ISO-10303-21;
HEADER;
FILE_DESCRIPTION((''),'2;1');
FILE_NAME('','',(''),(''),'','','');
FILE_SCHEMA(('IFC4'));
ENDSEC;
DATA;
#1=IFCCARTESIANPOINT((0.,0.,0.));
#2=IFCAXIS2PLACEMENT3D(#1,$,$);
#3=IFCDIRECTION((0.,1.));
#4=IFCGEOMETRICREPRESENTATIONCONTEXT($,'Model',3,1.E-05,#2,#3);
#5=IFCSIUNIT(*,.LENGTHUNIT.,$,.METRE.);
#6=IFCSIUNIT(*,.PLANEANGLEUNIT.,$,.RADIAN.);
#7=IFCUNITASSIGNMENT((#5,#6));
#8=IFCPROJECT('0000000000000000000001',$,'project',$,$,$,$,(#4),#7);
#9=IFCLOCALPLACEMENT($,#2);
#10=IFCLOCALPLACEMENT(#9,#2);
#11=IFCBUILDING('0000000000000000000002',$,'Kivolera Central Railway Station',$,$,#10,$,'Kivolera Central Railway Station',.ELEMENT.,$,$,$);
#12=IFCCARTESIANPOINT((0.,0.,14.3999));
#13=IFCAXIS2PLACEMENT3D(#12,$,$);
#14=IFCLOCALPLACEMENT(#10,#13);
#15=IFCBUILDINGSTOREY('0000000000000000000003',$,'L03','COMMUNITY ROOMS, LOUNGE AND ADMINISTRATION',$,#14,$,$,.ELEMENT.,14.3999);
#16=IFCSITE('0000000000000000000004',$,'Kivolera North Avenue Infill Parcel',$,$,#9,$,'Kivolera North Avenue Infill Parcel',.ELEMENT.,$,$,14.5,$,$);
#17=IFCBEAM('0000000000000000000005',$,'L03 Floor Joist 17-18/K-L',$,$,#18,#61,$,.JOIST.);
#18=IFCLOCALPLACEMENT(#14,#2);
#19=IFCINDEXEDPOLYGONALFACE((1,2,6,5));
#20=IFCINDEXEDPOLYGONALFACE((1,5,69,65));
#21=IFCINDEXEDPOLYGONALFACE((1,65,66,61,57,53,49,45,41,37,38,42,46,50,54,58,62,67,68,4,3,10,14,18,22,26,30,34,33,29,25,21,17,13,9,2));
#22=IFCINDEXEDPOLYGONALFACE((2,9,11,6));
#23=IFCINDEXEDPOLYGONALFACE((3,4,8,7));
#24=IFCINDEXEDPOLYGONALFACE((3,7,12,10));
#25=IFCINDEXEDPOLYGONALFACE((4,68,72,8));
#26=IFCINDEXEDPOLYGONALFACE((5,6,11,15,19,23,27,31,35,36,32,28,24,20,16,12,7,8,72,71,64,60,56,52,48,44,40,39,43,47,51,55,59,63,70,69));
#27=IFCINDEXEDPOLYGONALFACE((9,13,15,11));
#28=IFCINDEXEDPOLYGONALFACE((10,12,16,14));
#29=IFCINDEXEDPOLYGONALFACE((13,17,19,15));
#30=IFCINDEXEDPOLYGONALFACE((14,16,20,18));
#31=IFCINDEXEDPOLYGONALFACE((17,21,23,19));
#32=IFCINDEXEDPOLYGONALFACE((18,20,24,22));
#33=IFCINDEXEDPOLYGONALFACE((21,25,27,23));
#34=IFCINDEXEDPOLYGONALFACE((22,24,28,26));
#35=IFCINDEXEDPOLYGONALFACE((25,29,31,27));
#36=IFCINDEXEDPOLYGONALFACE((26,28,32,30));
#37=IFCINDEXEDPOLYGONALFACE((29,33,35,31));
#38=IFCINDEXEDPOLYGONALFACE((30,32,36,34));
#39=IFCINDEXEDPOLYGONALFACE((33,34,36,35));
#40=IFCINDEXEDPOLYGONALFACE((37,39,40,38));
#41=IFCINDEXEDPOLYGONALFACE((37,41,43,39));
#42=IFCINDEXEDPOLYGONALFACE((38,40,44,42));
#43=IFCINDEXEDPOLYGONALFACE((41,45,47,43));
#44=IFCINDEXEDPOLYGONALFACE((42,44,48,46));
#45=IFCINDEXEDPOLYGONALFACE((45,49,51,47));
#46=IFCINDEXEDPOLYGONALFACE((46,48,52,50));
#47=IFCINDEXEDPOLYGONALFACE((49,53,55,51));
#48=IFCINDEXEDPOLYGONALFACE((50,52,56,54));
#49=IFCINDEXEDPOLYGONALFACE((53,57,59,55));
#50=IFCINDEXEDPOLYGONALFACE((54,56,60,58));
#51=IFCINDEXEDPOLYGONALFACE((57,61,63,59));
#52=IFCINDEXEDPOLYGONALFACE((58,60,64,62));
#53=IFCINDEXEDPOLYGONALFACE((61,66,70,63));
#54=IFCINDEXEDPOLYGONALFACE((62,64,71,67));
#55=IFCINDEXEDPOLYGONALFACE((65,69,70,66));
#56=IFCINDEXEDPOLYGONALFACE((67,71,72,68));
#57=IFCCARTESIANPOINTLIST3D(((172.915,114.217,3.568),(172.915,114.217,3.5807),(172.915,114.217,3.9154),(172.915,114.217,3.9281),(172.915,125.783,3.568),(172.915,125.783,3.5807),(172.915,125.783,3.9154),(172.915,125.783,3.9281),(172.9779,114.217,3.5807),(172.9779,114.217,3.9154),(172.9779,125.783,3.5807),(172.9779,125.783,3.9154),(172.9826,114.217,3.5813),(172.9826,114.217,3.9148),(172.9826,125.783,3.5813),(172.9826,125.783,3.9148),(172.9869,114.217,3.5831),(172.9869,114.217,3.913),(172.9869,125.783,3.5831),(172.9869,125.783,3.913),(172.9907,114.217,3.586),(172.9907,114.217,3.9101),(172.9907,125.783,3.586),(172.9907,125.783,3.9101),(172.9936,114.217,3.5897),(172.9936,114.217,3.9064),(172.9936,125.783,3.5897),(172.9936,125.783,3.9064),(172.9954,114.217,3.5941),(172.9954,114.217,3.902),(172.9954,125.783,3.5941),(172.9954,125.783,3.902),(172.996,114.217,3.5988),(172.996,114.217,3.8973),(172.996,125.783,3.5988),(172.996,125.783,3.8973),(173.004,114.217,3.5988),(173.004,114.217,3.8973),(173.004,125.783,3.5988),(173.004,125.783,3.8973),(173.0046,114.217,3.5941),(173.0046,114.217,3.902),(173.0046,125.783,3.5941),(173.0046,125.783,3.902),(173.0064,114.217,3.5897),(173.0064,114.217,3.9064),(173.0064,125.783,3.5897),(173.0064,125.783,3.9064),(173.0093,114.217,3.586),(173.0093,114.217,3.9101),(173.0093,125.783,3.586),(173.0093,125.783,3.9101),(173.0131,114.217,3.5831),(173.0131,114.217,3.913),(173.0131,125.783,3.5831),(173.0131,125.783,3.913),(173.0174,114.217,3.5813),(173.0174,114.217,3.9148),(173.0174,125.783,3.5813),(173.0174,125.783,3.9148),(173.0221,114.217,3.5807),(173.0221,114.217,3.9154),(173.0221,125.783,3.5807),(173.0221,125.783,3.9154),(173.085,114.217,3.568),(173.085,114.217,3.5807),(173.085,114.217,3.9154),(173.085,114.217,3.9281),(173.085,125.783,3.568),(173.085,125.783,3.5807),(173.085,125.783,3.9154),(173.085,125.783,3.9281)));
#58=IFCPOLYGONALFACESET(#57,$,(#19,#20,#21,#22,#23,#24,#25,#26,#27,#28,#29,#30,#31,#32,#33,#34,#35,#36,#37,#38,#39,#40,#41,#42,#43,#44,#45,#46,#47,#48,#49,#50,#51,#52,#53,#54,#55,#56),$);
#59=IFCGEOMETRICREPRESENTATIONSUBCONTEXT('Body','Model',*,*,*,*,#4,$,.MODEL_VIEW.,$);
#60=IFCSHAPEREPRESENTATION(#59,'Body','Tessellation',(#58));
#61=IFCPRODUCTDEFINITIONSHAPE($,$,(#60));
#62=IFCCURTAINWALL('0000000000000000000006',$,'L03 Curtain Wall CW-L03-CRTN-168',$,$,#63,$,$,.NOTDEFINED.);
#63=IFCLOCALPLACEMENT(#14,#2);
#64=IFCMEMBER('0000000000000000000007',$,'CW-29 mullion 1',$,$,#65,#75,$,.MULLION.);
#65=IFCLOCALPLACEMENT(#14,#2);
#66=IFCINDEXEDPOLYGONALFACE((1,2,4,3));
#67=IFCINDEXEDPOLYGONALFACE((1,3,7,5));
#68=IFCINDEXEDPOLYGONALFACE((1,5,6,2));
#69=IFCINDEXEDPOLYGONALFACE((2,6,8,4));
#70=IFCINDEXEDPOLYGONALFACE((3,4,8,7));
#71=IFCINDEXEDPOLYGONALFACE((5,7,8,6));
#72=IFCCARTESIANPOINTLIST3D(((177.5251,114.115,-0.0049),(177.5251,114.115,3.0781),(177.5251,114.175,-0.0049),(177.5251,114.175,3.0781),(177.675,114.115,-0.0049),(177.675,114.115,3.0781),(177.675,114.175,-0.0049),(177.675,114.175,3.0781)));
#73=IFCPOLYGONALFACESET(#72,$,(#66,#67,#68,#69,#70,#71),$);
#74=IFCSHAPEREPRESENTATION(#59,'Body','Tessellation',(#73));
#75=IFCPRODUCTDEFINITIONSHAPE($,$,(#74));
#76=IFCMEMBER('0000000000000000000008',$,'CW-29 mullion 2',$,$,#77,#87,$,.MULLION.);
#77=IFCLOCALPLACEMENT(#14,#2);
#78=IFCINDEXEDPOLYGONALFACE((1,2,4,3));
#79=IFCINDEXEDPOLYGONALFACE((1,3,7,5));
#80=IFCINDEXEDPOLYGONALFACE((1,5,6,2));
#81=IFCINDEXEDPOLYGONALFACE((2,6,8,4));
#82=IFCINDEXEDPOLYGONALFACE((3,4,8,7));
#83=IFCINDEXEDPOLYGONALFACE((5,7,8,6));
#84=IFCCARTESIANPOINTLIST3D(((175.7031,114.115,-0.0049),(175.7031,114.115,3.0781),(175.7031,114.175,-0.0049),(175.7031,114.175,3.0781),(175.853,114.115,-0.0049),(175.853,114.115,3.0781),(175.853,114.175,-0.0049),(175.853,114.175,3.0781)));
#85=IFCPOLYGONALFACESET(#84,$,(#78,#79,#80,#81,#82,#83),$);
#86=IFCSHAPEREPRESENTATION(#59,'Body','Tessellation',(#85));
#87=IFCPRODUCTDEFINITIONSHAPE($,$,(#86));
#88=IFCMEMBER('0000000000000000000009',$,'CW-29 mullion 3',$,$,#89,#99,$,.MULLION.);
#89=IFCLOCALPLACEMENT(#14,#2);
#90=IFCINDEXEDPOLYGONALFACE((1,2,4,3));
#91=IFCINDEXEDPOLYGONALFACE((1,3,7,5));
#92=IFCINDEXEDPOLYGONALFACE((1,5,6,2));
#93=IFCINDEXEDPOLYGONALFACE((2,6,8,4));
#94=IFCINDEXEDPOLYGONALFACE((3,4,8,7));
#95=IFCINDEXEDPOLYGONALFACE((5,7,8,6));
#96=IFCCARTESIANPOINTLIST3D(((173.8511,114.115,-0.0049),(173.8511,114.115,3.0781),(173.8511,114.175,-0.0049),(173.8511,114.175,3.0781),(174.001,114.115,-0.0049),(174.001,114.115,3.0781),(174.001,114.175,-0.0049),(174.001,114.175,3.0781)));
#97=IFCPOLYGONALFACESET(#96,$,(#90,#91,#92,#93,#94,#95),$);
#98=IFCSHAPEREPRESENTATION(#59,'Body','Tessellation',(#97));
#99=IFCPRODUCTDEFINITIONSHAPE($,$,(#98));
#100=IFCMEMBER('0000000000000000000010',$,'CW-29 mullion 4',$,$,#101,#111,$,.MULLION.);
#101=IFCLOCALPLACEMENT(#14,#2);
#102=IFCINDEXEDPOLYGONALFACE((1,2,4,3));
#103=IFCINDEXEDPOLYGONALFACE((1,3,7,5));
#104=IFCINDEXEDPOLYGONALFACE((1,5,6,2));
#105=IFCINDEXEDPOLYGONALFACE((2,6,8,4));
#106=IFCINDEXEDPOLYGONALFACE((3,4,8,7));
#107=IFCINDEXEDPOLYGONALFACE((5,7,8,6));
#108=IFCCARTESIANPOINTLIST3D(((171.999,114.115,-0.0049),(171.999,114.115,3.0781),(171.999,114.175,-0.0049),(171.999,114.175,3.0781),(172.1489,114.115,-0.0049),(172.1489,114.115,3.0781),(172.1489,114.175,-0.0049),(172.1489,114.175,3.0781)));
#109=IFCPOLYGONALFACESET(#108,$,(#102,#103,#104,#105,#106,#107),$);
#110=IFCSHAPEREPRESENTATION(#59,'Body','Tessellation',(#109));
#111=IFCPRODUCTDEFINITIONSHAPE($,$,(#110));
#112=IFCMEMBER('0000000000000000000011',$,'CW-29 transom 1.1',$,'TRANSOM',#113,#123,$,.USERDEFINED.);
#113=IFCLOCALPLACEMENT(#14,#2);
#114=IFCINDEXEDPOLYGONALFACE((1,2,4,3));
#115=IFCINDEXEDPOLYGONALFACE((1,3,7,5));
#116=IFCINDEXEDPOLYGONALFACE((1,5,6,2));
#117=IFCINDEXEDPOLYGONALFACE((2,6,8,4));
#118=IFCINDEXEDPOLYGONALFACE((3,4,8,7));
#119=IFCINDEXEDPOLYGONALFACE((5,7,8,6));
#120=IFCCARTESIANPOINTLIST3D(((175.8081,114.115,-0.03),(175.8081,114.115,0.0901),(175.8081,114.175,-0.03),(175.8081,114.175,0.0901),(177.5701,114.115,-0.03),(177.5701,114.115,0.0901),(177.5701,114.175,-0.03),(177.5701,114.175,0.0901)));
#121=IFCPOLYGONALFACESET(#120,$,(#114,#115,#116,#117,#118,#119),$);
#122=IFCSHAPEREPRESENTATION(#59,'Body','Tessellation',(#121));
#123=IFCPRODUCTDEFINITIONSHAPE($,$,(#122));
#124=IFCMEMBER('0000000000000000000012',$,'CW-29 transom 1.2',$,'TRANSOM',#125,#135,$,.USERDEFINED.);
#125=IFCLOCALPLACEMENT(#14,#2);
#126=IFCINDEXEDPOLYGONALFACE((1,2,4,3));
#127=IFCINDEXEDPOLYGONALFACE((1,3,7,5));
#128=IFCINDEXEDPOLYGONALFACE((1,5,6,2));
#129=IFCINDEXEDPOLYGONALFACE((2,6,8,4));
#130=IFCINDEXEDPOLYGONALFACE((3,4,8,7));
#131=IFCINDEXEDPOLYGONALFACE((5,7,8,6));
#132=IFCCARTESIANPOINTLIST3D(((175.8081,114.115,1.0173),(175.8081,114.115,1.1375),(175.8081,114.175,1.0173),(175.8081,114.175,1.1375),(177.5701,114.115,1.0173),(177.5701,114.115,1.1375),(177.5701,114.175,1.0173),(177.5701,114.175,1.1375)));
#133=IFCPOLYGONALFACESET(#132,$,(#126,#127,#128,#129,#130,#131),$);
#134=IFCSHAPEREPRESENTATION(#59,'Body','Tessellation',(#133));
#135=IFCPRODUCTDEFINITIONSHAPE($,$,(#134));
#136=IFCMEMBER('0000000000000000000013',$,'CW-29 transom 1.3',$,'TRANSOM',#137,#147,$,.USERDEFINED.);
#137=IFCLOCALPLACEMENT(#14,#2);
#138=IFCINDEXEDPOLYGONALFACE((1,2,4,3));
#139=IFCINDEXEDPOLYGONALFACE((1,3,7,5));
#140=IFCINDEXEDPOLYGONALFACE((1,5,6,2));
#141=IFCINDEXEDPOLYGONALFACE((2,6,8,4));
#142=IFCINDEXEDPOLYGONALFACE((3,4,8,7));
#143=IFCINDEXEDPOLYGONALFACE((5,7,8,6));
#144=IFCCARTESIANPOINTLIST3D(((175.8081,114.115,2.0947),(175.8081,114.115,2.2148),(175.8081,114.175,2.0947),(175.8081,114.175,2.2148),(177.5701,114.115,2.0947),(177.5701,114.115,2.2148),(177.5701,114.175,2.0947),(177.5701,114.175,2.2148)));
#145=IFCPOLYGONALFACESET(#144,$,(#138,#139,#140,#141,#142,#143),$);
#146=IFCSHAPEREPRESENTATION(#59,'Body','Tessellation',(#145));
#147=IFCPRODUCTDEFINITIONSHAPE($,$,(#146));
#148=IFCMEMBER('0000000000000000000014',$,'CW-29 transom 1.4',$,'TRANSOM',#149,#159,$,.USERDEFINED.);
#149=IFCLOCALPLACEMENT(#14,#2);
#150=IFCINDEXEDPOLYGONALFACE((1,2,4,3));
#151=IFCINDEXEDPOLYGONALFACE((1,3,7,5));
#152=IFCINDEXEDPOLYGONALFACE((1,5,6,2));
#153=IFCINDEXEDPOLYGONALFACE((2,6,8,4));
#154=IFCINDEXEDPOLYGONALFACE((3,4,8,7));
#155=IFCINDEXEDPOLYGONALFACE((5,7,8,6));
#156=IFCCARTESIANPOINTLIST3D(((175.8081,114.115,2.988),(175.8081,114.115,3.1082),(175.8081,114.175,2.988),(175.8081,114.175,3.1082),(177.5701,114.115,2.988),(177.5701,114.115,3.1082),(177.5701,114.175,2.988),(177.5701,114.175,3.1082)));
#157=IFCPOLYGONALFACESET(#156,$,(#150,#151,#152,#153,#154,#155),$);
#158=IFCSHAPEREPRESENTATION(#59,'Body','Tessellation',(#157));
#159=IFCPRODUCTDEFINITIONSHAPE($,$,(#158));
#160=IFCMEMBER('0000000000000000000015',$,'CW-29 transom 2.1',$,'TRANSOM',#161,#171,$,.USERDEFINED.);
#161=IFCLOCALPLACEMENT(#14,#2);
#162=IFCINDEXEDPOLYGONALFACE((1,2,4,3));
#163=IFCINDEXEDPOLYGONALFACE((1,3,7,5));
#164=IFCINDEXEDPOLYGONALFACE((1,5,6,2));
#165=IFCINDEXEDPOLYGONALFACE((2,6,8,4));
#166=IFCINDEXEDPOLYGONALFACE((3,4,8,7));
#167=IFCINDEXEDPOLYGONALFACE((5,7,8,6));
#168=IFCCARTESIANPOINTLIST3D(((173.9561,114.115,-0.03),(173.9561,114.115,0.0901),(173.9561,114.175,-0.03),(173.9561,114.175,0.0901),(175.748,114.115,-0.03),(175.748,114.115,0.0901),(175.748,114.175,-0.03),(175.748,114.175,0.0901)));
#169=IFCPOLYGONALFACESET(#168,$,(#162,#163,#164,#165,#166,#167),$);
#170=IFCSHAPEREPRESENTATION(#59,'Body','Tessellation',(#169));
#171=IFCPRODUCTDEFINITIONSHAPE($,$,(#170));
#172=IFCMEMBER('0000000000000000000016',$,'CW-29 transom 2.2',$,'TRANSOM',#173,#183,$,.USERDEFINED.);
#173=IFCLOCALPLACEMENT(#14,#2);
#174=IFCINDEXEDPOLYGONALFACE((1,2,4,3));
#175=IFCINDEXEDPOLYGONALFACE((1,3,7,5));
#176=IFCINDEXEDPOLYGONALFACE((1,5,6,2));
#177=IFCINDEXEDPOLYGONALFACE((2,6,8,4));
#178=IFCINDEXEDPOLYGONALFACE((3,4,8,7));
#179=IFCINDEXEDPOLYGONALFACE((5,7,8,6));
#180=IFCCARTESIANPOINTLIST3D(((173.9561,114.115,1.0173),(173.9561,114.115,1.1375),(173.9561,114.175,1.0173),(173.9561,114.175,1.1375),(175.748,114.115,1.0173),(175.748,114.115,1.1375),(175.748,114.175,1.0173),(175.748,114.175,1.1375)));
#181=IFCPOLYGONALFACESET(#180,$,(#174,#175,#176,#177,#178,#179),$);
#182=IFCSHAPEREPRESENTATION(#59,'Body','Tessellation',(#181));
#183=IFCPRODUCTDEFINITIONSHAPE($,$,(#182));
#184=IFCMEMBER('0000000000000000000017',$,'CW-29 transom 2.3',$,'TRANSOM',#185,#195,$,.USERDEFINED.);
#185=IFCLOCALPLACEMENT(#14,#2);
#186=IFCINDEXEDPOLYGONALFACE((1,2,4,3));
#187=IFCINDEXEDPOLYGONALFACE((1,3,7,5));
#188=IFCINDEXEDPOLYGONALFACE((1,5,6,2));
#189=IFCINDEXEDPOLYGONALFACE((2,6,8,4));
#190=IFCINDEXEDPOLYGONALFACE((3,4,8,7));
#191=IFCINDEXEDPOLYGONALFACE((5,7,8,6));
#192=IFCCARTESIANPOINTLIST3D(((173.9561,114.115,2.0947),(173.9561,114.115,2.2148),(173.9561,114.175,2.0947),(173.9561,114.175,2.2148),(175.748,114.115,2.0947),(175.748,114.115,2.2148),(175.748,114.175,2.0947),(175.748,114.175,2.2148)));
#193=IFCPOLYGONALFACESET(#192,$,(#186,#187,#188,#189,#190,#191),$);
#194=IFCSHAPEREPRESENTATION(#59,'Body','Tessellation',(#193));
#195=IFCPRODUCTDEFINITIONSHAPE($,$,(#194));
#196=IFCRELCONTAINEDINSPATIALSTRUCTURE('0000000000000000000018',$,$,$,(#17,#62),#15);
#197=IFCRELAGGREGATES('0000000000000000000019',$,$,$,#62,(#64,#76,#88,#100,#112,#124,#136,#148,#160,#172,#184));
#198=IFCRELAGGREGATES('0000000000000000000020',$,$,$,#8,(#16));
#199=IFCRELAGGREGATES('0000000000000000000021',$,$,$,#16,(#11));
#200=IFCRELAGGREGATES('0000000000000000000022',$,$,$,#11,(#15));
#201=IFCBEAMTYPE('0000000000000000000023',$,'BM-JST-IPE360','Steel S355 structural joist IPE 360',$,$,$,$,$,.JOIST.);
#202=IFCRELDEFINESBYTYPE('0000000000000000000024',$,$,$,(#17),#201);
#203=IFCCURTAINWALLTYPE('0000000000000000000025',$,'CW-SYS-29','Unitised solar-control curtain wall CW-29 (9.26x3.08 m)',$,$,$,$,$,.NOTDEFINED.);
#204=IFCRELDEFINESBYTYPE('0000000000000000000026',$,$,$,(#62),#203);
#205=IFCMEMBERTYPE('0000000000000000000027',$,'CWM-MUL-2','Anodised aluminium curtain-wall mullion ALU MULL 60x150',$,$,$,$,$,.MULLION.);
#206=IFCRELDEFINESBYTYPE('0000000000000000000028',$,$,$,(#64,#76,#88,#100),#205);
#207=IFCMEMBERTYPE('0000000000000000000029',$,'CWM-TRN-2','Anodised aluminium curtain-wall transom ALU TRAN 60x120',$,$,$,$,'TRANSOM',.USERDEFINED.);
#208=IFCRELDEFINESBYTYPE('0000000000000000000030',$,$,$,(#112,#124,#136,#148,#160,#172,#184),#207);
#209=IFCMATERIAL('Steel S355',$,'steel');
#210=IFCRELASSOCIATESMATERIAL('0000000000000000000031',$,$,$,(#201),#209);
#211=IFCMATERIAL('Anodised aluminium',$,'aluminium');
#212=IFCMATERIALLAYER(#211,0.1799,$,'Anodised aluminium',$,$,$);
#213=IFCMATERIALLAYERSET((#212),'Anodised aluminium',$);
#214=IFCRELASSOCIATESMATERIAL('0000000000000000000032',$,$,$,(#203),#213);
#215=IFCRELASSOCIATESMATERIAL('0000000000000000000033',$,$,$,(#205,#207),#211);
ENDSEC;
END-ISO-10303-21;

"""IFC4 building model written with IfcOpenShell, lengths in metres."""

from ifc_helpers import new_model, si_unit, direction, frame, origin, origin_2d, place, context, subcontext, project, spatial, rectangle, i_section, extrude, material, layer, layer_set, material_profile, profile_set, type_object, element, aggregate, save


model = new_model("IFC4")

# Units and contexts
model_context = context("Model", 3, precision=1e-05, world=origin(), true_north=direction((0.0, 1.0)))
body_context = subcontext(model_context, "Body", "Model", "MODEL_VIEW")
ifc_project = project(units=[si_unit("LENGTHUNIT", "METRE"), si_unit("PLANEANGLEUNIT", "RADIAN")], contexts=[model_context])

# Site, building, storey
site_placement = place(None, origin())
site = spatial("IfcSite", under=ifc_project, at=site_placement, Name="Kivolera North Avenue Infill Parcel", LongName="Kivolera North Avenue Infill Parcel", CompositionType="ELEMENT", RefElevation=14.5)
building_placement = place(site_placement, origin())
building = spatial("IfcBuilding", under=site, at=building_placement, Name="Kivolera Central Railway Station", LongName="Kivolera Central Railway Station", CompositionType="ELEMENT")
storey_placement = place(building_placement, frame((0.0, 0.0, 14.3999)))
storey = spatial("IfcBuildingStorey", under=building, at=storey_placement, Name="L03", Description="COMMUNITY ROOMS, LOUNGE AND ADMINISTRATION", CompositionType="ELEMENT", Elevation=14.3999)

# Beam
ifc_material_1 = material(Name="Steel S355", Category="steel")
ifc_material_profile_1 = material_profile(ifc_material_1, i_section(OverallWidth=0.1699, OverallDepth=0.3601, WebThickness=0.0081, FlangeThickness=0.0127, FilletRadius=0.0181, at=origin_2d()), Name="IPE 360")
ifc_profile_set_1 = profile_set([ifc_material_profile_1], Name="Steel S355")
beam_type = type_object("IfcBeamType", Name="BM-JST-IPE360", Description="Steel S355 structural joist IPE 360", PredefinedType="JOIST", material=ifc_profile_set_1)
beam_placement = place(storey_placement, frame((173.0, 114.217, 3.748), z_axis=(0.0, 1.0, 0.0), x_axis=(-1.0, 0.0, 0.0)))
element("IfcBeam", 1, at=beam_placement, inside=storey, type_object=beam_type, Name="L03 Floor Joist 17-18/K-L", PredefinedType="JOIST", context=body_context, shape_type="SweptSolid", body=[
    extrude(i_section(OverallWidth=0.1699, OverallDepth=0.3601, WebThickness=0.0081, FlangeThickness=0.0127, FilletRadius=0.0181, at=origin_2d()), origin(), (0.0, 0.0, 1.0), 11.5659),
])

# Curtain wall, members
ifc_material_2 = material(Name="Anodised aluminium", Category="aluminium")
ifc_layer_1 = layer(ifc_material_2, 0.1799, Name="Anodised aluminium")
ifc_layer_set_1 = layer_set([ifc_layer_1], Name="Anodised aluminium")
curtain_wall_type = type_object("IfcCurtainWallType", Name="CW-SYS-29", Description="Unitised solar-control curtain wall CW-29 (9.26x3.08 m)", PredefinedType="NOTDEFINED", material=ifc_layer_set_1)
curtain_wall_placement = place(storey_placement, origin())
curtain_wall = element("IfcCurtainWall", 2, at=curtain_wall_placement, inside=storey, type_object=curtain_wall_type, Name="L03 Curtain Wall CW-L03-CRTN-168", PredefinedType="NOTDEFINED")
ifc_material_profile_2 = material_profile(ifc_material_2, rectangle(XDim=0.0601, YDim=0.1499, at=origin_2d()), Name="ALU MULL 60x150")
ifc_profile_set_2 = profile_set([ifc_material_profile_2], Name="Anodised aluminium")
member_type_1 = type_object("IfcMemberType", Name="CWM-MUL-2", Description="Anodised aluminium curtain-wall mullion ALU MULL 60x150", PredefinedType="MULLION", material=ifc_profile_set_2)
member_1_placement = place(storey_placement, frame((177.6001, 114.145, -0.0049), z_axis=(0.0, 0.0, 1.0), x_axis=(0.0, -1.0, 0.0)))
member_1 = element("IfcMember", 3, at=member_1_placement, type_object=member_type_1, Name="CW-29 mullion 1", PredefinedType="MULLION", context=body_context, shape_type="SweptSolid", body=[
    extrude(rectangle(XDim=0.0601, YDim=0.1499, at=origin_2d()), origin(), (0.0, 0.0, 1.0), 3.083),
])
member_2_placement = place(storey_placement, frame((175.7781, 114.145, -0.0049), z_axis=(0.0, 0.0, 1.0), x_axis=(0.0, -1.0, 0.0)))
member_2 = element("IfcMember", 4, at=member_2_placement, type_object=member_type_1, Name="CW-29 mullion 2", PredefinedType="MULLION", context=body_context, shape_type="SweptSolid", body=[
    extrude(rectangle(XDim=0.0601, YDim=0.1499, at=origin_2d()), origin(), (0.0, 0.0, 1.0), 3.083),
])
member_3_placement = place(storey_placement, frame((173.926, 114.145, -0.0049), z_axis=(0.0, 0.0, 1.0), x_axis=(0.0, -1.0, 0.0)))
member_3 = element("IfcMember", 5, at=member_3_placement, type_object=member_type_1, Name="CW-29 mullion 3", PredefinedType="MULLION", context=body_context, shape_type="SweptSolid", body=[
    extrude(rectangle(XDim=0.0601, YDim=0.1499, at=origin_2d()), origin(), (0.0, 0.0, 1.0), 3.083),
])
member_4_placement = place(storey_placement, frame((172.074, 114.145, -0.0049), z_axis=(0.0, 0.0, 1.0), x_axis=(0.0, -1.0, 0.0)))
member_4 = element("IfcMember", 6, at=member_4_placement, type_object=member_type_1, Name="CW-29 mullion 4", PredefinedType="MULLION", context=body_context, shape_type="SweptSolid", body=[
    extrude(rectangle(XDim=0.0601, YDim=0.1499, at=origin_2d()), origin(), (0.0, 0.0, 1.0), 3.083),
])
ifc_material_profile_3 = material_profile(ifc_material_2, rectangle(XDim=0.0601, YDim=0.1201, at=origin_2d()), Name="ALU TRAN 60x120")
ifc_profile_set_3 = profile_set([ifc_material_profile_3], Name="Anodised aluminium")
member_type_2 = type_object("IfcMemberType", Name="CWM-TRN-2", Description="Anodised aluminium curtain-wall transom ALU TRAN 60x120", ElementType="TRANSOM", PredefinedType="USERDEFINED", material=ifc_profile_set_3)
member_5_placement = place(storey_placement, frame((177.5701, 114.145, 0.03), z_axis=(-1.0, 0.0, 0.0), x_axis=(0.0, -1.0, 0.0)))
member_5 = element("IfcMember", 7, at=member_5_placement, type_object=member_type_2, Name="CW-29 transom 1.1", ObjectType="TRANSOM", PredefinedType="USERDEFINED", context=body_context, shape_type="SweptSolid", body=[
    extrude(rectangle(XDim=0.0601, YDim=0.1201, at=origin_2d()), origin(), (0.0, 0.0, 1.0), 1.762),
])
member_6_placement = place(storey_placement, frame((177.5701, 114.145, 1.0774), z_axis=(-1.0, 0.0, 0.0), x_axis=(0.0, -1.0, 0.0)))
member_6 = element("IfcMember", 8, at=member_6_placement, type_object=member_type_2, Name="CW-29 transom 1.2", ObjectType="TRANSOM", PredefinedType="USERDEFINED", context=body_context, shape_type="SweptSolid", body=[
    extrude(rectangle(XDim=0.0601, YDim=0.1201, at=origin_2d()), origin(), (0.0, 0.0, 1.0), 1.762),
])
member_7_placement = place(storey_placement, frame((177.5701, 114.145, 2.1548), z_axis=(-1.0, 0.0, 0.0), x_axis=(0.0, -1.0, 0.0)))
member_7 = element("IfcMember", 9, at=member_7_placement, type_object=member_type_2, Name="CW-29 transom 1.3", ObjectType="TRANSOM", PredefinedType="USERDEFINED", context=body_context, shape_type="SweptSolid", body=[
    extrude(rectangle(XDim=0.0601, YDim=0.1201, at=origin_2d()), origin(), (0.0, 0.0, 1.0), 1.762),
])
member_8_placement = place(storey_placement, frame((177.5701, 114.145, 3.0481), z_axis=(-1.0, 0.0, 0.0), x_axis=(0.0, -1.0, 0.0)))
member_8 = element("IfcMember", 10, at=member_8_placement, type_object=member_type_2, Name="CW-29 transom 1.4", ObjectType="TRANSOM", PredefinedType="USERDEFINED", context=body_context, shape_type="SweptSolid", body=[
    extrude(rectangle(XDim=0.0601, YDim=0.1201, at=origin_2d()), origin(), (0.0, 0.0, 1.0), 1.762),
])
member_9_placement = place(storey_placement, frame((175.748, 114.145, 0.03), z_axis=(-1.0, 0.0, 0.0), x_axis=(0.0, -1.0, 0.0)))
member_9 = element("IfcMember", 11, at=member_9_placement, type_object=member_type_2, Name="CW-29 transom 2.1", ObjectType="TRANSOM", PredefinedType="USERDEFINED", context=body_context, shape_type="SweptSolid", body=[
    extrude(rectangle(XDim=0.0601, YDim=0.1201, at=origin_2d()), origin(), (0.0, 0.0, 1.0), 1.792),
])
member_10_placement = place(storey_placement, frame((175.748, 114.145, 1.0774), z_axis=(-1.0, 0.0, 0.0), x_axis=(0.0, -1.0, 0.0)))
member_10 = element("IfcMember", 12, at=member_10_placement, type_object=member_type_2, Name="CW-29 transom 2.2", ObjectType="TRANSOM", PredefinedType="USERDEFINED", context=body_context, shape_type="SweptSolid", body=[
    extrude(rectangle(XDim=0.0601, YDim=0.1201, at=origin_2d()), origin(), (0.0, 0.0, 1.0), 1.792),
])
member_11_placement = place(storey_placement, frame((175.748, 114.145, 2.1548), z_axis=(-1.0, 0.0, 0.0), x_axis=(0.0, -1.0, 0.0)))
member_11 = element("IfcMember", 13, at=member_11_placement, type_object=member_type_2, Name="CW-29 transom 2.3", ObjectType="TRANSOM", PredefinedType="USERDEFINED", context=body_context, shape_type="SweptSolid", body=[
    extrude(rectangle(XDim=0.0601, YDim=0.1201, at=origin_2d()), origin(), (0.0, 0.0, 1.0), 1.792),
])
aggregate(curtain_wall, [member_1, member_2, member_3, member_4, member_5, member_6, member_7, member_8, member_9, member_10, member_11])

save(model, "model.ifc")
